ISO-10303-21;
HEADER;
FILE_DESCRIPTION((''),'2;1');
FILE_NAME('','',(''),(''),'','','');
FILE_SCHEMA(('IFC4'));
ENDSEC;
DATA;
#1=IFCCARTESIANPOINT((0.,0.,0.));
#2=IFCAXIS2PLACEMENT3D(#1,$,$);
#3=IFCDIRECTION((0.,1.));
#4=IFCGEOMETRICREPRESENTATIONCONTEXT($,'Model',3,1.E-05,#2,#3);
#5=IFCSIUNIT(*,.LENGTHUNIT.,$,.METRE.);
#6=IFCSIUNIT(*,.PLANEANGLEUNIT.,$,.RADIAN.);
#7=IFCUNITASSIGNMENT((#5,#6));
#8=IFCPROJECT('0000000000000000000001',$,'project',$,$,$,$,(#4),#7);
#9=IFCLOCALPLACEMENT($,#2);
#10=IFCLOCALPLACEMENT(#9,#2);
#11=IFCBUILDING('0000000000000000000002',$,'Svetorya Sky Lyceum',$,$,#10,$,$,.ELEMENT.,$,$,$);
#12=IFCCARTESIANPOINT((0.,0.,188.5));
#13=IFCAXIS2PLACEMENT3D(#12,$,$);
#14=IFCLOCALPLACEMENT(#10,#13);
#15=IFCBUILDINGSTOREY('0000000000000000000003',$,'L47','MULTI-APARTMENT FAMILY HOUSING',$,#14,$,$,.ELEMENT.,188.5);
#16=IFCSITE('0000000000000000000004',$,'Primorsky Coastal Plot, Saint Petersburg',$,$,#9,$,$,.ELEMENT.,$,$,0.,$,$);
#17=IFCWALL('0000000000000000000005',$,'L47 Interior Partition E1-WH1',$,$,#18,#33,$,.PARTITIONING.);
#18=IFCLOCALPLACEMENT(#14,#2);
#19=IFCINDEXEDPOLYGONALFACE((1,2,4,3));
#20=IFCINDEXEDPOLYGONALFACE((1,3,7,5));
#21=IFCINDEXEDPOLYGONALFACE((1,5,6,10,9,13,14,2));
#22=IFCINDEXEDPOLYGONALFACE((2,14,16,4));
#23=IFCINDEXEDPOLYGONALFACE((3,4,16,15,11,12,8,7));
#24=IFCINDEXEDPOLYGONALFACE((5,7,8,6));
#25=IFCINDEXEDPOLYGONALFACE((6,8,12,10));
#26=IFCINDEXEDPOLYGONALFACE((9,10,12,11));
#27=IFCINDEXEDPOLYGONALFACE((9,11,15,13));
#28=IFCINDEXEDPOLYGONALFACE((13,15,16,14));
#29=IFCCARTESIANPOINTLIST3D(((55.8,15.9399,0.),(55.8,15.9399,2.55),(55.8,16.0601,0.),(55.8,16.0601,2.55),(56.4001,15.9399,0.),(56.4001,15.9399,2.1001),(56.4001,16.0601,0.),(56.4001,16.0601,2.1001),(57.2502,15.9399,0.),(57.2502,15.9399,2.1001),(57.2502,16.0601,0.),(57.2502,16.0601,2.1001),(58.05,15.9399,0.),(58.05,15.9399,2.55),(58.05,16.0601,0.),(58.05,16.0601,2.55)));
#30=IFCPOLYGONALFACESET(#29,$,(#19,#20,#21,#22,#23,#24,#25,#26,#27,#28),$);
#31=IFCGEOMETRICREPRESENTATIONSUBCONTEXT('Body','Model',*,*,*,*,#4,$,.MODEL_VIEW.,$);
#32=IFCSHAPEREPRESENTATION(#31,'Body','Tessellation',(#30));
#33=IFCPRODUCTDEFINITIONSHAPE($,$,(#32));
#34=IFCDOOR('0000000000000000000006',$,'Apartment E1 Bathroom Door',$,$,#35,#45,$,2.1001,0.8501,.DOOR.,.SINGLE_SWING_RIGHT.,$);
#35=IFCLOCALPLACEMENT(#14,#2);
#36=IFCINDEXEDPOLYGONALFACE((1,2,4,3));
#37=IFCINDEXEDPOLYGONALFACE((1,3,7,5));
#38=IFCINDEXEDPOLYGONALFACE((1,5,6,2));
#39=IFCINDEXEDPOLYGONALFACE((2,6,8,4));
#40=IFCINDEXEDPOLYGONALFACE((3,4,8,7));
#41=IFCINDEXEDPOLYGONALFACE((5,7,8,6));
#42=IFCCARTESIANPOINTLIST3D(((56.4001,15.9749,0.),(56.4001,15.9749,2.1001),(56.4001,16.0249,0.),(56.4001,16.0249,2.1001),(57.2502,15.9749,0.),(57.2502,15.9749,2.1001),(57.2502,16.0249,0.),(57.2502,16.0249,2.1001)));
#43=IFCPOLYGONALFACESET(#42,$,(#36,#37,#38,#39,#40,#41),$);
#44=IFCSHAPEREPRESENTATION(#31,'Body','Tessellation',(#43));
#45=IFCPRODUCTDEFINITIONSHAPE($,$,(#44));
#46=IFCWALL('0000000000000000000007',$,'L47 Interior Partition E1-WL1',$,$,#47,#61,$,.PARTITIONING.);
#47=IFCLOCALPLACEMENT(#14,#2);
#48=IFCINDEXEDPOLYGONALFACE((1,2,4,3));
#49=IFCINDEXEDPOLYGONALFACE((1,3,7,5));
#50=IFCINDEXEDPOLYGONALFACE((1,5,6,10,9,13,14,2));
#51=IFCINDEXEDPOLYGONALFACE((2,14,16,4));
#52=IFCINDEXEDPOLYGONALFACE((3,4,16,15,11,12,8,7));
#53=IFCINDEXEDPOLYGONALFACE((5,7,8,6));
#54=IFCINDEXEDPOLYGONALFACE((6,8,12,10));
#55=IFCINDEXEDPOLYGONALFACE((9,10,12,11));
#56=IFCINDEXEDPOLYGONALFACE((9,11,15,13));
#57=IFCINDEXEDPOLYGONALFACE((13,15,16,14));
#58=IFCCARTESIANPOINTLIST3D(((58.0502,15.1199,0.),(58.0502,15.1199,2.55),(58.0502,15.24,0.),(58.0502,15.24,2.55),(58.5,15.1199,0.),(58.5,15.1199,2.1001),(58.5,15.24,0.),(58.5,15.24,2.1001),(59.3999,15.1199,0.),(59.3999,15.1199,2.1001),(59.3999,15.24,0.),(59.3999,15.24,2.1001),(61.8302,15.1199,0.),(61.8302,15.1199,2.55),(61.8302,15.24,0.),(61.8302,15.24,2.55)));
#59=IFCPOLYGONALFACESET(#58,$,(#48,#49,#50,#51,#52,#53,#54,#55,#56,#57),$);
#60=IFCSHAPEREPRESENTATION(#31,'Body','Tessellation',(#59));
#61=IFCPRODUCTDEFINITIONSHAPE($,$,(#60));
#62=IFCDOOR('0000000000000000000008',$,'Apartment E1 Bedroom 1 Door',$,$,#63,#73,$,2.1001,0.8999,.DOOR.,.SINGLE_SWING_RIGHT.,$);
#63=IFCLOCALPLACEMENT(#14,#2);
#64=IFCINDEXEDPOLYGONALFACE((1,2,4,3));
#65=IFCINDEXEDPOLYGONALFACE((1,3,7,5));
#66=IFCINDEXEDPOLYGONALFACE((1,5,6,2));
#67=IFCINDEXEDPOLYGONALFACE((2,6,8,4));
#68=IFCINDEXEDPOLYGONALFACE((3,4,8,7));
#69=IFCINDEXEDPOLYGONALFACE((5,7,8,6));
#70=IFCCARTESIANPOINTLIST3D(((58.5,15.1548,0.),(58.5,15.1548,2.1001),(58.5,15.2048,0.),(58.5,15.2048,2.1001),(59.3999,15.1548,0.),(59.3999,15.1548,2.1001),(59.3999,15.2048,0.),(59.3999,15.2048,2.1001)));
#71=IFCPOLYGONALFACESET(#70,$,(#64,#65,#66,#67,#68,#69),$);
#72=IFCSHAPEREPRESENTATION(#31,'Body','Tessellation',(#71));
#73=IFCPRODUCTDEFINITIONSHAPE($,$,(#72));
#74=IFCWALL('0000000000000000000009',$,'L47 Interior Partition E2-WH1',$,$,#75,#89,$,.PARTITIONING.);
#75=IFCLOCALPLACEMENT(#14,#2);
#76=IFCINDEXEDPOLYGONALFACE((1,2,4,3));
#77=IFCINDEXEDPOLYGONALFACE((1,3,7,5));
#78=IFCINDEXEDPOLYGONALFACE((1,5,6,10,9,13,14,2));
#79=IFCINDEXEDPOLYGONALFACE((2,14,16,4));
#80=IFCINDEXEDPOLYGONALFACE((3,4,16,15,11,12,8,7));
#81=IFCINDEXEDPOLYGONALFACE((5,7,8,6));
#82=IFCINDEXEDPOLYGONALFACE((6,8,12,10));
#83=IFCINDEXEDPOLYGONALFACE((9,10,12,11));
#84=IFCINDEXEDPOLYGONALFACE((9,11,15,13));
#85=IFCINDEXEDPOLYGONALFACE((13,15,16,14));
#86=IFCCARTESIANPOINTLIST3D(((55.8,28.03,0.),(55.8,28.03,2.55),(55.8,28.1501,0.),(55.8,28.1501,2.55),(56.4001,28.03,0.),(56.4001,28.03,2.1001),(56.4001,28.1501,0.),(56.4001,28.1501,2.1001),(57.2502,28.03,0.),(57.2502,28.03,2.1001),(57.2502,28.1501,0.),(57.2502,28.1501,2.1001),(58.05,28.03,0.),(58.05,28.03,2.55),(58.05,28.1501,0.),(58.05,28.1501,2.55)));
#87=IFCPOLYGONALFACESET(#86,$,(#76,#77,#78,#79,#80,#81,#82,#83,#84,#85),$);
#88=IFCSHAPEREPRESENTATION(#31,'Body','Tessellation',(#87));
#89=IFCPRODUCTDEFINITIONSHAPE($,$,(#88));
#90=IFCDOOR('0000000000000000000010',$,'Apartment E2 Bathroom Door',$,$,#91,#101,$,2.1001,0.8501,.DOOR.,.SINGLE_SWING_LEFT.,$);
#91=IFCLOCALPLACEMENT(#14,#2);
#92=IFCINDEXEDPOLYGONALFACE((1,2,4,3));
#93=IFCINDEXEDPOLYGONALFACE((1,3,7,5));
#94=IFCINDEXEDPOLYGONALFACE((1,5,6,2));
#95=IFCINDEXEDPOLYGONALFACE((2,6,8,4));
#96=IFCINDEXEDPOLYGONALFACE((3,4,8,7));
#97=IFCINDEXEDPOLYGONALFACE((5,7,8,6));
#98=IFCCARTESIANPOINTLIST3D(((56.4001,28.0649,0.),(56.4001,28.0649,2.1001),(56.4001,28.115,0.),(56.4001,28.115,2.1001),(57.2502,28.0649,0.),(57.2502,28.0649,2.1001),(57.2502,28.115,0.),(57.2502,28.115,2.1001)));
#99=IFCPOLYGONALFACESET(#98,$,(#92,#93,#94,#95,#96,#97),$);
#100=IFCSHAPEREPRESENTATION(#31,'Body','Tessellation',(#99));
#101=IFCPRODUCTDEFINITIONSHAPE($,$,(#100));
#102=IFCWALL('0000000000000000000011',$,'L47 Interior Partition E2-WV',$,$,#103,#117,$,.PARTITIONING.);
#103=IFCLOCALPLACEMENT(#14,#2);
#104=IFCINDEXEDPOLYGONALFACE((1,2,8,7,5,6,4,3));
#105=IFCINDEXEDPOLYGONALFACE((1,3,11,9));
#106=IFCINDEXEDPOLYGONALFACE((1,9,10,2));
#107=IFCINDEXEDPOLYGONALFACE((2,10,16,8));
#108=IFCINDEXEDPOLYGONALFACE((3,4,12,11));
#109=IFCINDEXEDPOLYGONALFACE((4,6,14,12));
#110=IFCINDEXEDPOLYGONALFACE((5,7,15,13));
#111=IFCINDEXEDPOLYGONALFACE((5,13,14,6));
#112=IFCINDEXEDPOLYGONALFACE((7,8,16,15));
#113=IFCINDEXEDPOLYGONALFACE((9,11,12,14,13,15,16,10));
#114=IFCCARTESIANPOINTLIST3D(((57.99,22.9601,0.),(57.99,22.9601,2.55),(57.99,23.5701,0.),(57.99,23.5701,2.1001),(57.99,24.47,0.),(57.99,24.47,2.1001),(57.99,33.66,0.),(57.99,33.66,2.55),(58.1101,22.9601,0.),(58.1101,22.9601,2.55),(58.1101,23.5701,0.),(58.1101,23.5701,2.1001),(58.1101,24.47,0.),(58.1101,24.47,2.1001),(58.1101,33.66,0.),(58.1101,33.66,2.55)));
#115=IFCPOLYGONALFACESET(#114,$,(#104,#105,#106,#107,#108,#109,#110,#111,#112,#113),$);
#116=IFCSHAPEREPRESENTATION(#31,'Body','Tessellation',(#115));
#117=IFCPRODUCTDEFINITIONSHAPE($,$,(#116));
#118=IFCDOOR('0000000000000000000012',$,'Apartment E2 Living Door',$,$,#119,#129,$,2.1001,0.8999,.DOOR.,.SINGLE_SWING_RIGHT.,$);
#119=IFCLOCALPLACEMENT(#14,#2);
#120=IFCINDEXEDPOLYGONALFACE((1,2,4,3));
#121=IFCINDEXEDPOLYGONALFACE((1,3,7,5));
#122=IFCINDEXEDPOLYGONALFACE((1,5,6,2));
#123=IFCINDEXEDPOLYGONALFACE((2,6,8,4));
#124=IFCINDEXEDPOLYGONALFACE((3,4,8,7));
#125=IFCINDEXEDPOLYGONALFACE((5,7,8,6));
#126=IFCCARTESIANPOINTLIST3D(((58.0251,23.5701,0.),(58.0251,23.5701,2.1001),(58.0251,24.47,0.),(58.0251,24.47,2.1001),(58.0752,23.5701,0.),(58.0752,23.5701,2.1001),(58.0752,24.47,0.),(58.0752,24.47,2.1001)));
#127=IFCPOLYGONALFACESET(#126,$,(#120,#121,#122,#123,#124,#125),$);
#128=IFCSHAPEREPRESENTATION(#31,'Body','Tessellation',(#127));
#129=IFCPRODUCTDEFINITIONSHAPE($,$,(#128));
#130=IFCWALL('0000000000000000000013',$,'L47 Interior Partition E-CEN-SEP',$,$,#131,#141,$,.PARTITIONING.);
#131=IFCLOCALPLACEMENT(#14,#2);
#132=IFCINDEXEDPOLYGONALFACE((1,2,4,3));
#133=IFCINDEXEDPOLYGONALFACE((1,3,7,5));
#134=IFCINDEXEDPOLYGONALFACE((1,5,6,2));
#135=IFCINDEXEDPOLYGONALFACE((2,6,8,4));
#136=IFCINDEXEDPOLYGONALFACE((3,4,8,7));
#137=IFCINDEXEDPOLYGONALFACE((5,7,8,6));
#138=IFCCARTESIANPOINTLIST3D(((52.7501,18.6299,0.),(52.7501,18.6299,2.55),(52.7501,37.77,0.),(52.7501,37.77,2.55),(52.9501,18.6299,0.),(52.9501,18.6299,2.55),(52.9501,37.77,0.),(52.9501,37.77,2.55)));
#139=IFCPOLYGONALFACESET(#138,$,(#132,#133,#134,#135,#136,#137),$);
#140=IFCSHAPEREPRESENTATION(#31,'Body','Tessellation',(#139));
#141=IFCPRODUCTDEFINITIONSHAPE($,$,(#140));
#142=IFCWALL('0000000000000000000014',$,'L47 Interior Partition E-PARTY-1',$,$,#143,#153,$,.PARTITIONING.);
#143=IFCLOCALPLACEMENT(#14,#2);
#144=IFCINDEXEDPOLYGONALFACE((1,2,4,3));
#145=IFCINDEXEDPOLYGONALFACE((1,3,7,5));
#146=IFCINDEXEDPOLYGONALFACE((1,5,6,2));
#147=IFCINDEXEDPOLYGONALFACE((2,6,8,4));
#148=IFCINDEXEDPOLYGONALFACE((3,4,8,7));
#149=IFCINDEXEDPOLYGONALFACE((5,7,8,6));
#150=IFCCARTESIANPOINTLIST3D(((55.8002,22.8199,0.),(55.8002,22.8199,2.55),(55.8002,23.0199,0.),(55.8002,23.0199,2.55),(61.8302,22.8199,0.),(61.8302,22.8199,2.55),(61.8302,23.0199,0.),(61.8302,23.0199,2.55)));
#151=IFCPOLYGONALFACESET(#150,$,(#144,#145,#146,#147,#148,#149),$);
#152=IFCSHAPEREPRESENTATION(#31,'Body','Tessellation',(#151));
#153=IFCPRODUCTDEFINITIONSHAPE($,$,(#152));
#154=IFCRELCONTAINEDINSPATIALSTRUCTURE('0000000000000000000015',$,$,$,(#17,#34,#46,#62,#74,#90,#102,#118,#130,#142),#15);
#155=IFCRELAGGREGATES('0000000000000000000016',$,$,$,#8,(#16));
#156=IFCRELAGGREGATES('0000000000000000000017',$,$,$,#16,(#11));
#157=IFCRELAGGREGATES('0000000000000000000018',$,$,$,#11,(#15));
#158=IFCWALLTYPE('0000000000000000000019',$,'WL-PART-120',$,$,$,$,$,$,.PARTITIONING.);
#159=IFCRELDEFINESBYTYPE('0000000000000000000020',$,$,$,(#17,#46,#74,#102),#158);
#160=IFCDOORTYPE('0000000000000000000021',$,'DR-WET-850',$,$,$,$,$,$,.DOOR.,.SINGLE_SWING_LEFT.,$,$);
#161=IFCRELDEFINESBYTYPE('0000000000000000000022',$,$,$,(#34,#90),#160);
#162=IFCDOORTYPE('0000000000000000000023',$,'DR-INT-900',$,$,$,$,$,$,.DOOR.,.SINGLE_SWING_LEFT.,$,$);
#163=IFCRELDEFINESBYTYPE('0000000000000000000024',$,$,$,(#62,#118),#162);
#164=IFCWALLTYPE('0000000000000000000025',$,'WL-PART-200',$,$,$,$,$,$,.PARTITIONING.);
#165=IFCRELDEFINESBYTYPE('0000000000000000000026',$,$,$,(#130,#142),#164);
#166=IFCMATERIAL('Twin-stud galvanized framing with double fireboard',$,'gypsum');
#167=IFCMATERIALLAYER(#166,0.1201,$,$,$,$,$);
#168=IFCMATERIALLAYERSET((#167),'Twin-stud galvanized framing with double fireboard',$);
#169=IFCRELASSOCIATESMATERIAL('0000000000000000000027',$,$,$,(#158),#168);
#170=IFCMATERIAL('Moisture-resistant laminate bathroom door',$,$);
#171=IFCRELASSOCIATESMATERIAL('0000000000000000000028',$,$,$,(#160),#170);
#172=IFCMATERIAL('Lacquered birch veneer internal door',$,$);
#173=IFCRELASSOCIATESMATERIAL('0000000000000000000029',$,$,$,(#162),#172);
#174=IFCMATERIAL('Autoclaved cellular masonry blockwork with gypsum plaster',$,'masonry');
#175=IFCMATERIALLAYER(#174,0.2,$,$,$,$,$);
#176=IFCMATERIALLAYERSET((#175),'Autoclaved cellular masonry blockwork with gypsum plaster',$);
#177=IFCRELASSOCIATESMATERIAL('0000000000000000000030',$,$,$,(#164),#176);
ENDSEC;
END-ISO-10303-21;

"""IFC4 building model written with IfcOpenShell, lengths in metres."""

from ifc_helpers import new_model, si_unit, direction, frame, frame_2d, origin, place, context, subcontext, project, spatial, rectangle, extrude, material, layer, layer_set, type_object, element, fill, save


model = new_model("IFC4")

# Units and contexts
model_context = context("Model", 3, precision=1e-05, world=origin(), true_north=direction((0.0, 1.0)))
body_context = subcontext(model_context, "Body", "Model", "MODEL_VIEW")
ifc_project = project(units=[si_unit("LENGTHUNIT", "METRE"), si_unit("PLANEANGLEUNIT", "RADIAN")], contexts=[model_context])

# Site, building, storey
site_placement = place(None, origin())
site = spatial("IfcSite", under=ifc_project, at=site_placement, Name="Primorsky Coastal Plot, Saint Petersburg", CompositionType="ELEMENT", RefElevation=0.0)
building_placement = place(site_placement, origin())
building = spatial("IfcBuilding", under=site, at=building_placement, Name="Svetorya Sky Lyceum", CompositionType="ELEMENT")
storey_placement = place(building_placement, frame((0.0, 0.0, 188.5)))
storey = spatial("IfcBuildingStorey", under=building, at=storey_placement, Name="L47", Description="MULTI-APARTMENT FAMILY HOUSING", CompositionType="ELEMENT", Elevation=188.5)

# Walls, openings, doors
ifc_material_1 = material(Name="Twin-stud galvanized framing with double fireboard", Category="gypsum")
ifc_layer_1 = layer(ifc_material_1, 0.1201)
ifc_layer_set_1 = layer_set([ifc_layer_1], Name="Twin-stud galvanized framing with double fireboard")
wall_type_1 = type_object("IfcWallType", Name="WL-PART-120", PredefinedType="PARTITIONING", material=ifc_layer_set_1)
wall_1_placement = place(storey_placement, frame((55.8, 16.0, 0.0), z_axis=(0.0, 0.0, 1.0), x_axis=(1.0, 0.0, 0.0)))
wall_1 = element("IfcWall", 1, at=wall_1_placement, inside=storey, type_object=wall_type_1, Name="L47 Interior Partition E1-WH1", PredefinedType="PARTITIONING", context=body_context, shape_type="SweptSolid", body=[
    extrude(rectangle(XDim=2.25, YDim=0.1201, at=frame_2d((1.125, 0.0))), origin(), (0.0, 0.0, 1.0), 2.55),
])
opening_1_placement = place(wall_1_placement, frame((0.6001, 0.0, 0.0)))
opening_1 = element("IfcOpeningElement", 2, at=opening_1_placement, cuts=wall_1, PredefinedType="OPENING", context=body_context, shape_type="SweptSolid", body=[
    extrude(rectangle(XDim=0.8501, YDim=2.1001, at=frame_2d((0.425, 1.05))), frame((0.0, 0.0701, 0.0), z_axis=(0.0, -1.0, 0.0), x_axis=(1.0, 0.0, 0.0)), (0.0, 0.0, 1.0), 0.1401),
])
ifc_material_2 = material(Name="Moisture-resistant laminate bathroom door")
door_type_1 = type_object("IfcDoorType", Name="DR-WET-850", OperationType="SINGLE_SWING_LEFT", PredefinedType="DOOR", material=ifc_material_2)
door_1_placement = place(opening_1_placement, origin())
door_1 = element("IfcDoor", 3, at=door_1_placement, inside=storey, type_object=door_type_1, Name="Apartment E1 Bathroom Door", OperationType="SINGLE_SWING_RIGHT", OverallHeight=2.1001, OverallWidth=0.8501, PredefinedType="DOOR", context=body_context, shape_type="SweptSolid", body=[
    extrude(rectangle(XDim=0.8501, YDim=2.1001, at=frame_2d((0.425, 1.05))), frame((0.0, 0.0249, 0.0), z_axis=(0.0, -1.0, 0.0), x_axis=(1.0, 0.0, 0.0)), (0.0, 0.0, 1.0), 0.05),
])
fill(opening_1, door_1)
wall_2_placement = place(storey_placement, frame((58.05, 15.1799, 0.0), z_axis=(0.0, 0.0, 1.0), x_axis=(1.0, 0.0, 0.0)))
wall_2 = element("IfcWall", 4, at=wall_2_placement, inside=storey, type_object=wall_type_1, Name="L47 Interior Partition E1-WL1", PredefinedType="PARTITIONING", context=body_context, shape_type="SweptSolid", body=[
    extrude(rectangle(XDim=3.78, YDim=0.1201, at=frame_2d((1.8901, 0.0))), origin(), (0.0, 0.0, 1.0), 2.55),
])
opening_2_placement = place(wall_2_placement, frame((0.45, 0.0, 0.0)))
opening_2 = element("IfcOpeningElement", 5, at=opening_2_placement, cuts=wall_2, PredefinedType="OPENING", context=body_context, shape_type="SweptSolid", body=[
    extrude(rectangle(XDim=0.8999, YDim=2.1001, at=frame_2d((0.45, 1.05))), frame((0.0, 0.0701, 0.0), z_axis=(0.0, -1.0, 0.0), x_axis=(1.0, 0.0, 0.0)), (0.0, 0.0, 1.0), 0.1401),
])
ifc_material_3 = material(Name="Lacquered birch veneer internal door")
door_type_2 = type_object("IfcDoorType", Name="DR-INT-900", OperationType="SINGLE_SWING_LEFT", PredefinedType="DOOR", material=ifc_material_3)
door_2_placement = place(opening_2_placement, origin())
door_2 = element("IfcDoor", 6, at=door_2_placement, inside=storey, type_object=door_type_2, Name="Apartment E1 Bedroom 1 Door", OperationType="SINGLE_SWING_RIGHT", OverallHeight=2.1001, OverallWidth=0.8999, PredefinedType="DOOR", context=body_context, shape_type="SweptSolid", body=[
    extrude(rectangle(XDim=0.8999, YDim=2.1001, at=frame_2d((0.45, 1.05))), frame((0.0, 0.0249, 0.0), z_axis=(0.0, -1.0, 0.0), x_axis=(1.0, 0.0, 0.0)), (0.0, 0.0, 1.0), 0.05),
])
fill(opening_2, door_2)
wall_3_placement = place(storey_placement, frame((55.8, 28.0901, 0.0), z_axis=(0.0, 0.0, 1.0), x_axis=(1.0, 0.0, 0.0)))
wall_3 = element("IfcWall", 7, at=wall_3_placement, inside=storey, type_object=wall_type_1, Name="L47 Interior Partition E2-WH1", PredefinedType="PARTITIONING", context=body_context, shape_type="SweptSolid", body=[
    extrude(rectangle(XDim=2.25, YDim=0.1201, at=frame_2d((1.125, 0.0))), origin(), (0.0, 0.0, 1.0), 2.55),
])
opening_3_placement = place(wall_3_placement, frame((0.6001, 0.0, 0.0)))
opening_3 = element("IfcOpeningElement", 8, at=opening_3_placement, cuts=wall_3, PredefinedType="OPENING", context=body_context, shape_type="SweptSolid", body=[
    extrude(rectangle(XDim=0.8501, YDim=2.1001, at=frame_2d((0.425, 1.05))), frame((0.0, 0.0701, 0.0), z_axis=(0.0, -1.0, 0.0), x_axis=(1.0, 0.0, 0.0)), (0.0, 0.0, 1.0), 0.1401),
])
door_3_placement = place(opening_3_placement, origin())
door_3 = element("IfcDoor", 9, at=door_3_placement, inside=storey, type_object=door_type_1, Name="Apartment E2 Bathroom Door", OperationType="SINGLE_SWING_LEFT", OverallHeight=2.1001, OverallWidth=0.8501, PredefinedType="DOOR", context=body_context, shape_type="SweptSolid", body=[
    extrude(rectangle(XDim=0.8501, YDim=2.1001, at=frame_2d((0.425, 1.05))), frame((0.0, 0.0249, 0.0), z_axis=(0.0, -1.0, 0.0), x_axis=(1.0, 0.0, 0.0)), (0.0, 0.0, 1.0), 0.05),
])
fill(opening_3, door_3)
wall_4_placement = place(storey_placement, frame((58.05, 22.96, 0.0), z_axis=(0.0, 0.0, 1.0), x_axis=(0.0, 1.0, 0.0)))
wall_4 = element("IfcWall", 10, at=wall_4_placement, inside=storey, type_object=wall_type_1, Name="L47 Interior Partition E2-WV", PredefinedType="PARTITIONING", context=body_context, shape_type="SweptSolid", body=[
    extrude(rectangle(XDim=10.7, YDim=0.1201, at=frame_2d((5.3501, 0.0))), origin(), (0.0, 0.0, 1.0), 2.55),
])
opening_4_placement = place(wall_4_placement, frame((0.6101, 0.0, 0.0)))
opening_4 = element("IfcOpeningElement", 11, at=opening_4_placement, cuts=wall_4, PredefinedType="OPENING", context=body_context, shape_type="SweptSolid", body=[
    extrude(rectangle(XDim=0.8999, YDim=2.1001, at=frame_2d((0.45, 1.05))), frame((0.0, 0.0701, 0.0), z_axis=(0.0, -1.0, 0.0), x_axis=(1.0, 0.0, 0.0)), (0.0, 0.0, 1.0), 0.1401),
])
door_4_placement = place(opening_4_placement, origin())
door_4 = element("IfcDoor", 12, at=door_4_placement, inside=storey, type_object=door_type_2, Name="Apartment E2 Living Door", OperationType="SINGLE_SWING_RIGHT", OverallHeight=2.1001, OverallWidth=0.8999, PredefinedType="DOOR", context=body_context, shape_type="SweptSolid", body=[
    extrude(rectangle(XDim=0.8999, YDim=2.1001, at=frame_2d((0.45, 1.05))), frame((0.0, 0.0249, 0.0), z_axis=(0.0, -1.0, 0.0), x_axis=(1.0, 0.0, 0.0)), (0.0, 0.0, 1.0), 0.05),
])
fill(opening_4, door_4)

# Walls
ifc_material_4 = material(Name="Autoclaved cellular masonry blockwork with gypsum plaster", Category="masonry")
ifc_layer_2 = layer(ifc_material_4, 0.2)
ifc_layer_set_2 = layer_set([ifc_layer_2], Name="Autoclaved cellular masonry blockwork with gypsum plaster")
wall_type_2 = type_object("IfcWallType", Name="WL-PART-200", PredefinedType="PARTITIONING", material=ifc_layer_set_2)
wall_5_placement = place(storey_placement, frame((52.8501, 18.6299, 0.0), z_axis=(0.0, 0.0, 1.0), x_axis=(0.0, 1.0, 0.0)))
element("IfcWall", 13, at=wall_5_placement, inside=storey, type_object=wall_type_2, Name="L47 Interior Partition E-CEN-SEP", PredefinedType="PARTITIONING", context=body_context, shape_type="SweptSolid", body=[
    extrude(rectangle(XDim=19.1401, YDim=0.2, at=frame_2d((9.5701, 0.0))), origin(), (0.0, 0.0, 1.0), 2.55),
])
wall_6_placement = place(storey_placement, frame((55.8, 22.9199, 0.0), z_axis=(0.0, 0.0, 1.0), x_axis=(1.0, 0.0, 0.0)))
element("IfcWall", 14, at=wall_6_placement, inside=storey, type_object=wall_type_2, Name="L47 Interior Partition E-PARTY-1", PredefinedType="PARTITIONING", context=body_context, shape_type="SweptSolid", body=[
    extrude(rectangle(XDim=6.03, YDim=0.2, at=frame_2d((3.0151, 0.0))), origin(), (0.0, 0.0, 1.0), 2.55),
])

save(model, "model.ifc")
